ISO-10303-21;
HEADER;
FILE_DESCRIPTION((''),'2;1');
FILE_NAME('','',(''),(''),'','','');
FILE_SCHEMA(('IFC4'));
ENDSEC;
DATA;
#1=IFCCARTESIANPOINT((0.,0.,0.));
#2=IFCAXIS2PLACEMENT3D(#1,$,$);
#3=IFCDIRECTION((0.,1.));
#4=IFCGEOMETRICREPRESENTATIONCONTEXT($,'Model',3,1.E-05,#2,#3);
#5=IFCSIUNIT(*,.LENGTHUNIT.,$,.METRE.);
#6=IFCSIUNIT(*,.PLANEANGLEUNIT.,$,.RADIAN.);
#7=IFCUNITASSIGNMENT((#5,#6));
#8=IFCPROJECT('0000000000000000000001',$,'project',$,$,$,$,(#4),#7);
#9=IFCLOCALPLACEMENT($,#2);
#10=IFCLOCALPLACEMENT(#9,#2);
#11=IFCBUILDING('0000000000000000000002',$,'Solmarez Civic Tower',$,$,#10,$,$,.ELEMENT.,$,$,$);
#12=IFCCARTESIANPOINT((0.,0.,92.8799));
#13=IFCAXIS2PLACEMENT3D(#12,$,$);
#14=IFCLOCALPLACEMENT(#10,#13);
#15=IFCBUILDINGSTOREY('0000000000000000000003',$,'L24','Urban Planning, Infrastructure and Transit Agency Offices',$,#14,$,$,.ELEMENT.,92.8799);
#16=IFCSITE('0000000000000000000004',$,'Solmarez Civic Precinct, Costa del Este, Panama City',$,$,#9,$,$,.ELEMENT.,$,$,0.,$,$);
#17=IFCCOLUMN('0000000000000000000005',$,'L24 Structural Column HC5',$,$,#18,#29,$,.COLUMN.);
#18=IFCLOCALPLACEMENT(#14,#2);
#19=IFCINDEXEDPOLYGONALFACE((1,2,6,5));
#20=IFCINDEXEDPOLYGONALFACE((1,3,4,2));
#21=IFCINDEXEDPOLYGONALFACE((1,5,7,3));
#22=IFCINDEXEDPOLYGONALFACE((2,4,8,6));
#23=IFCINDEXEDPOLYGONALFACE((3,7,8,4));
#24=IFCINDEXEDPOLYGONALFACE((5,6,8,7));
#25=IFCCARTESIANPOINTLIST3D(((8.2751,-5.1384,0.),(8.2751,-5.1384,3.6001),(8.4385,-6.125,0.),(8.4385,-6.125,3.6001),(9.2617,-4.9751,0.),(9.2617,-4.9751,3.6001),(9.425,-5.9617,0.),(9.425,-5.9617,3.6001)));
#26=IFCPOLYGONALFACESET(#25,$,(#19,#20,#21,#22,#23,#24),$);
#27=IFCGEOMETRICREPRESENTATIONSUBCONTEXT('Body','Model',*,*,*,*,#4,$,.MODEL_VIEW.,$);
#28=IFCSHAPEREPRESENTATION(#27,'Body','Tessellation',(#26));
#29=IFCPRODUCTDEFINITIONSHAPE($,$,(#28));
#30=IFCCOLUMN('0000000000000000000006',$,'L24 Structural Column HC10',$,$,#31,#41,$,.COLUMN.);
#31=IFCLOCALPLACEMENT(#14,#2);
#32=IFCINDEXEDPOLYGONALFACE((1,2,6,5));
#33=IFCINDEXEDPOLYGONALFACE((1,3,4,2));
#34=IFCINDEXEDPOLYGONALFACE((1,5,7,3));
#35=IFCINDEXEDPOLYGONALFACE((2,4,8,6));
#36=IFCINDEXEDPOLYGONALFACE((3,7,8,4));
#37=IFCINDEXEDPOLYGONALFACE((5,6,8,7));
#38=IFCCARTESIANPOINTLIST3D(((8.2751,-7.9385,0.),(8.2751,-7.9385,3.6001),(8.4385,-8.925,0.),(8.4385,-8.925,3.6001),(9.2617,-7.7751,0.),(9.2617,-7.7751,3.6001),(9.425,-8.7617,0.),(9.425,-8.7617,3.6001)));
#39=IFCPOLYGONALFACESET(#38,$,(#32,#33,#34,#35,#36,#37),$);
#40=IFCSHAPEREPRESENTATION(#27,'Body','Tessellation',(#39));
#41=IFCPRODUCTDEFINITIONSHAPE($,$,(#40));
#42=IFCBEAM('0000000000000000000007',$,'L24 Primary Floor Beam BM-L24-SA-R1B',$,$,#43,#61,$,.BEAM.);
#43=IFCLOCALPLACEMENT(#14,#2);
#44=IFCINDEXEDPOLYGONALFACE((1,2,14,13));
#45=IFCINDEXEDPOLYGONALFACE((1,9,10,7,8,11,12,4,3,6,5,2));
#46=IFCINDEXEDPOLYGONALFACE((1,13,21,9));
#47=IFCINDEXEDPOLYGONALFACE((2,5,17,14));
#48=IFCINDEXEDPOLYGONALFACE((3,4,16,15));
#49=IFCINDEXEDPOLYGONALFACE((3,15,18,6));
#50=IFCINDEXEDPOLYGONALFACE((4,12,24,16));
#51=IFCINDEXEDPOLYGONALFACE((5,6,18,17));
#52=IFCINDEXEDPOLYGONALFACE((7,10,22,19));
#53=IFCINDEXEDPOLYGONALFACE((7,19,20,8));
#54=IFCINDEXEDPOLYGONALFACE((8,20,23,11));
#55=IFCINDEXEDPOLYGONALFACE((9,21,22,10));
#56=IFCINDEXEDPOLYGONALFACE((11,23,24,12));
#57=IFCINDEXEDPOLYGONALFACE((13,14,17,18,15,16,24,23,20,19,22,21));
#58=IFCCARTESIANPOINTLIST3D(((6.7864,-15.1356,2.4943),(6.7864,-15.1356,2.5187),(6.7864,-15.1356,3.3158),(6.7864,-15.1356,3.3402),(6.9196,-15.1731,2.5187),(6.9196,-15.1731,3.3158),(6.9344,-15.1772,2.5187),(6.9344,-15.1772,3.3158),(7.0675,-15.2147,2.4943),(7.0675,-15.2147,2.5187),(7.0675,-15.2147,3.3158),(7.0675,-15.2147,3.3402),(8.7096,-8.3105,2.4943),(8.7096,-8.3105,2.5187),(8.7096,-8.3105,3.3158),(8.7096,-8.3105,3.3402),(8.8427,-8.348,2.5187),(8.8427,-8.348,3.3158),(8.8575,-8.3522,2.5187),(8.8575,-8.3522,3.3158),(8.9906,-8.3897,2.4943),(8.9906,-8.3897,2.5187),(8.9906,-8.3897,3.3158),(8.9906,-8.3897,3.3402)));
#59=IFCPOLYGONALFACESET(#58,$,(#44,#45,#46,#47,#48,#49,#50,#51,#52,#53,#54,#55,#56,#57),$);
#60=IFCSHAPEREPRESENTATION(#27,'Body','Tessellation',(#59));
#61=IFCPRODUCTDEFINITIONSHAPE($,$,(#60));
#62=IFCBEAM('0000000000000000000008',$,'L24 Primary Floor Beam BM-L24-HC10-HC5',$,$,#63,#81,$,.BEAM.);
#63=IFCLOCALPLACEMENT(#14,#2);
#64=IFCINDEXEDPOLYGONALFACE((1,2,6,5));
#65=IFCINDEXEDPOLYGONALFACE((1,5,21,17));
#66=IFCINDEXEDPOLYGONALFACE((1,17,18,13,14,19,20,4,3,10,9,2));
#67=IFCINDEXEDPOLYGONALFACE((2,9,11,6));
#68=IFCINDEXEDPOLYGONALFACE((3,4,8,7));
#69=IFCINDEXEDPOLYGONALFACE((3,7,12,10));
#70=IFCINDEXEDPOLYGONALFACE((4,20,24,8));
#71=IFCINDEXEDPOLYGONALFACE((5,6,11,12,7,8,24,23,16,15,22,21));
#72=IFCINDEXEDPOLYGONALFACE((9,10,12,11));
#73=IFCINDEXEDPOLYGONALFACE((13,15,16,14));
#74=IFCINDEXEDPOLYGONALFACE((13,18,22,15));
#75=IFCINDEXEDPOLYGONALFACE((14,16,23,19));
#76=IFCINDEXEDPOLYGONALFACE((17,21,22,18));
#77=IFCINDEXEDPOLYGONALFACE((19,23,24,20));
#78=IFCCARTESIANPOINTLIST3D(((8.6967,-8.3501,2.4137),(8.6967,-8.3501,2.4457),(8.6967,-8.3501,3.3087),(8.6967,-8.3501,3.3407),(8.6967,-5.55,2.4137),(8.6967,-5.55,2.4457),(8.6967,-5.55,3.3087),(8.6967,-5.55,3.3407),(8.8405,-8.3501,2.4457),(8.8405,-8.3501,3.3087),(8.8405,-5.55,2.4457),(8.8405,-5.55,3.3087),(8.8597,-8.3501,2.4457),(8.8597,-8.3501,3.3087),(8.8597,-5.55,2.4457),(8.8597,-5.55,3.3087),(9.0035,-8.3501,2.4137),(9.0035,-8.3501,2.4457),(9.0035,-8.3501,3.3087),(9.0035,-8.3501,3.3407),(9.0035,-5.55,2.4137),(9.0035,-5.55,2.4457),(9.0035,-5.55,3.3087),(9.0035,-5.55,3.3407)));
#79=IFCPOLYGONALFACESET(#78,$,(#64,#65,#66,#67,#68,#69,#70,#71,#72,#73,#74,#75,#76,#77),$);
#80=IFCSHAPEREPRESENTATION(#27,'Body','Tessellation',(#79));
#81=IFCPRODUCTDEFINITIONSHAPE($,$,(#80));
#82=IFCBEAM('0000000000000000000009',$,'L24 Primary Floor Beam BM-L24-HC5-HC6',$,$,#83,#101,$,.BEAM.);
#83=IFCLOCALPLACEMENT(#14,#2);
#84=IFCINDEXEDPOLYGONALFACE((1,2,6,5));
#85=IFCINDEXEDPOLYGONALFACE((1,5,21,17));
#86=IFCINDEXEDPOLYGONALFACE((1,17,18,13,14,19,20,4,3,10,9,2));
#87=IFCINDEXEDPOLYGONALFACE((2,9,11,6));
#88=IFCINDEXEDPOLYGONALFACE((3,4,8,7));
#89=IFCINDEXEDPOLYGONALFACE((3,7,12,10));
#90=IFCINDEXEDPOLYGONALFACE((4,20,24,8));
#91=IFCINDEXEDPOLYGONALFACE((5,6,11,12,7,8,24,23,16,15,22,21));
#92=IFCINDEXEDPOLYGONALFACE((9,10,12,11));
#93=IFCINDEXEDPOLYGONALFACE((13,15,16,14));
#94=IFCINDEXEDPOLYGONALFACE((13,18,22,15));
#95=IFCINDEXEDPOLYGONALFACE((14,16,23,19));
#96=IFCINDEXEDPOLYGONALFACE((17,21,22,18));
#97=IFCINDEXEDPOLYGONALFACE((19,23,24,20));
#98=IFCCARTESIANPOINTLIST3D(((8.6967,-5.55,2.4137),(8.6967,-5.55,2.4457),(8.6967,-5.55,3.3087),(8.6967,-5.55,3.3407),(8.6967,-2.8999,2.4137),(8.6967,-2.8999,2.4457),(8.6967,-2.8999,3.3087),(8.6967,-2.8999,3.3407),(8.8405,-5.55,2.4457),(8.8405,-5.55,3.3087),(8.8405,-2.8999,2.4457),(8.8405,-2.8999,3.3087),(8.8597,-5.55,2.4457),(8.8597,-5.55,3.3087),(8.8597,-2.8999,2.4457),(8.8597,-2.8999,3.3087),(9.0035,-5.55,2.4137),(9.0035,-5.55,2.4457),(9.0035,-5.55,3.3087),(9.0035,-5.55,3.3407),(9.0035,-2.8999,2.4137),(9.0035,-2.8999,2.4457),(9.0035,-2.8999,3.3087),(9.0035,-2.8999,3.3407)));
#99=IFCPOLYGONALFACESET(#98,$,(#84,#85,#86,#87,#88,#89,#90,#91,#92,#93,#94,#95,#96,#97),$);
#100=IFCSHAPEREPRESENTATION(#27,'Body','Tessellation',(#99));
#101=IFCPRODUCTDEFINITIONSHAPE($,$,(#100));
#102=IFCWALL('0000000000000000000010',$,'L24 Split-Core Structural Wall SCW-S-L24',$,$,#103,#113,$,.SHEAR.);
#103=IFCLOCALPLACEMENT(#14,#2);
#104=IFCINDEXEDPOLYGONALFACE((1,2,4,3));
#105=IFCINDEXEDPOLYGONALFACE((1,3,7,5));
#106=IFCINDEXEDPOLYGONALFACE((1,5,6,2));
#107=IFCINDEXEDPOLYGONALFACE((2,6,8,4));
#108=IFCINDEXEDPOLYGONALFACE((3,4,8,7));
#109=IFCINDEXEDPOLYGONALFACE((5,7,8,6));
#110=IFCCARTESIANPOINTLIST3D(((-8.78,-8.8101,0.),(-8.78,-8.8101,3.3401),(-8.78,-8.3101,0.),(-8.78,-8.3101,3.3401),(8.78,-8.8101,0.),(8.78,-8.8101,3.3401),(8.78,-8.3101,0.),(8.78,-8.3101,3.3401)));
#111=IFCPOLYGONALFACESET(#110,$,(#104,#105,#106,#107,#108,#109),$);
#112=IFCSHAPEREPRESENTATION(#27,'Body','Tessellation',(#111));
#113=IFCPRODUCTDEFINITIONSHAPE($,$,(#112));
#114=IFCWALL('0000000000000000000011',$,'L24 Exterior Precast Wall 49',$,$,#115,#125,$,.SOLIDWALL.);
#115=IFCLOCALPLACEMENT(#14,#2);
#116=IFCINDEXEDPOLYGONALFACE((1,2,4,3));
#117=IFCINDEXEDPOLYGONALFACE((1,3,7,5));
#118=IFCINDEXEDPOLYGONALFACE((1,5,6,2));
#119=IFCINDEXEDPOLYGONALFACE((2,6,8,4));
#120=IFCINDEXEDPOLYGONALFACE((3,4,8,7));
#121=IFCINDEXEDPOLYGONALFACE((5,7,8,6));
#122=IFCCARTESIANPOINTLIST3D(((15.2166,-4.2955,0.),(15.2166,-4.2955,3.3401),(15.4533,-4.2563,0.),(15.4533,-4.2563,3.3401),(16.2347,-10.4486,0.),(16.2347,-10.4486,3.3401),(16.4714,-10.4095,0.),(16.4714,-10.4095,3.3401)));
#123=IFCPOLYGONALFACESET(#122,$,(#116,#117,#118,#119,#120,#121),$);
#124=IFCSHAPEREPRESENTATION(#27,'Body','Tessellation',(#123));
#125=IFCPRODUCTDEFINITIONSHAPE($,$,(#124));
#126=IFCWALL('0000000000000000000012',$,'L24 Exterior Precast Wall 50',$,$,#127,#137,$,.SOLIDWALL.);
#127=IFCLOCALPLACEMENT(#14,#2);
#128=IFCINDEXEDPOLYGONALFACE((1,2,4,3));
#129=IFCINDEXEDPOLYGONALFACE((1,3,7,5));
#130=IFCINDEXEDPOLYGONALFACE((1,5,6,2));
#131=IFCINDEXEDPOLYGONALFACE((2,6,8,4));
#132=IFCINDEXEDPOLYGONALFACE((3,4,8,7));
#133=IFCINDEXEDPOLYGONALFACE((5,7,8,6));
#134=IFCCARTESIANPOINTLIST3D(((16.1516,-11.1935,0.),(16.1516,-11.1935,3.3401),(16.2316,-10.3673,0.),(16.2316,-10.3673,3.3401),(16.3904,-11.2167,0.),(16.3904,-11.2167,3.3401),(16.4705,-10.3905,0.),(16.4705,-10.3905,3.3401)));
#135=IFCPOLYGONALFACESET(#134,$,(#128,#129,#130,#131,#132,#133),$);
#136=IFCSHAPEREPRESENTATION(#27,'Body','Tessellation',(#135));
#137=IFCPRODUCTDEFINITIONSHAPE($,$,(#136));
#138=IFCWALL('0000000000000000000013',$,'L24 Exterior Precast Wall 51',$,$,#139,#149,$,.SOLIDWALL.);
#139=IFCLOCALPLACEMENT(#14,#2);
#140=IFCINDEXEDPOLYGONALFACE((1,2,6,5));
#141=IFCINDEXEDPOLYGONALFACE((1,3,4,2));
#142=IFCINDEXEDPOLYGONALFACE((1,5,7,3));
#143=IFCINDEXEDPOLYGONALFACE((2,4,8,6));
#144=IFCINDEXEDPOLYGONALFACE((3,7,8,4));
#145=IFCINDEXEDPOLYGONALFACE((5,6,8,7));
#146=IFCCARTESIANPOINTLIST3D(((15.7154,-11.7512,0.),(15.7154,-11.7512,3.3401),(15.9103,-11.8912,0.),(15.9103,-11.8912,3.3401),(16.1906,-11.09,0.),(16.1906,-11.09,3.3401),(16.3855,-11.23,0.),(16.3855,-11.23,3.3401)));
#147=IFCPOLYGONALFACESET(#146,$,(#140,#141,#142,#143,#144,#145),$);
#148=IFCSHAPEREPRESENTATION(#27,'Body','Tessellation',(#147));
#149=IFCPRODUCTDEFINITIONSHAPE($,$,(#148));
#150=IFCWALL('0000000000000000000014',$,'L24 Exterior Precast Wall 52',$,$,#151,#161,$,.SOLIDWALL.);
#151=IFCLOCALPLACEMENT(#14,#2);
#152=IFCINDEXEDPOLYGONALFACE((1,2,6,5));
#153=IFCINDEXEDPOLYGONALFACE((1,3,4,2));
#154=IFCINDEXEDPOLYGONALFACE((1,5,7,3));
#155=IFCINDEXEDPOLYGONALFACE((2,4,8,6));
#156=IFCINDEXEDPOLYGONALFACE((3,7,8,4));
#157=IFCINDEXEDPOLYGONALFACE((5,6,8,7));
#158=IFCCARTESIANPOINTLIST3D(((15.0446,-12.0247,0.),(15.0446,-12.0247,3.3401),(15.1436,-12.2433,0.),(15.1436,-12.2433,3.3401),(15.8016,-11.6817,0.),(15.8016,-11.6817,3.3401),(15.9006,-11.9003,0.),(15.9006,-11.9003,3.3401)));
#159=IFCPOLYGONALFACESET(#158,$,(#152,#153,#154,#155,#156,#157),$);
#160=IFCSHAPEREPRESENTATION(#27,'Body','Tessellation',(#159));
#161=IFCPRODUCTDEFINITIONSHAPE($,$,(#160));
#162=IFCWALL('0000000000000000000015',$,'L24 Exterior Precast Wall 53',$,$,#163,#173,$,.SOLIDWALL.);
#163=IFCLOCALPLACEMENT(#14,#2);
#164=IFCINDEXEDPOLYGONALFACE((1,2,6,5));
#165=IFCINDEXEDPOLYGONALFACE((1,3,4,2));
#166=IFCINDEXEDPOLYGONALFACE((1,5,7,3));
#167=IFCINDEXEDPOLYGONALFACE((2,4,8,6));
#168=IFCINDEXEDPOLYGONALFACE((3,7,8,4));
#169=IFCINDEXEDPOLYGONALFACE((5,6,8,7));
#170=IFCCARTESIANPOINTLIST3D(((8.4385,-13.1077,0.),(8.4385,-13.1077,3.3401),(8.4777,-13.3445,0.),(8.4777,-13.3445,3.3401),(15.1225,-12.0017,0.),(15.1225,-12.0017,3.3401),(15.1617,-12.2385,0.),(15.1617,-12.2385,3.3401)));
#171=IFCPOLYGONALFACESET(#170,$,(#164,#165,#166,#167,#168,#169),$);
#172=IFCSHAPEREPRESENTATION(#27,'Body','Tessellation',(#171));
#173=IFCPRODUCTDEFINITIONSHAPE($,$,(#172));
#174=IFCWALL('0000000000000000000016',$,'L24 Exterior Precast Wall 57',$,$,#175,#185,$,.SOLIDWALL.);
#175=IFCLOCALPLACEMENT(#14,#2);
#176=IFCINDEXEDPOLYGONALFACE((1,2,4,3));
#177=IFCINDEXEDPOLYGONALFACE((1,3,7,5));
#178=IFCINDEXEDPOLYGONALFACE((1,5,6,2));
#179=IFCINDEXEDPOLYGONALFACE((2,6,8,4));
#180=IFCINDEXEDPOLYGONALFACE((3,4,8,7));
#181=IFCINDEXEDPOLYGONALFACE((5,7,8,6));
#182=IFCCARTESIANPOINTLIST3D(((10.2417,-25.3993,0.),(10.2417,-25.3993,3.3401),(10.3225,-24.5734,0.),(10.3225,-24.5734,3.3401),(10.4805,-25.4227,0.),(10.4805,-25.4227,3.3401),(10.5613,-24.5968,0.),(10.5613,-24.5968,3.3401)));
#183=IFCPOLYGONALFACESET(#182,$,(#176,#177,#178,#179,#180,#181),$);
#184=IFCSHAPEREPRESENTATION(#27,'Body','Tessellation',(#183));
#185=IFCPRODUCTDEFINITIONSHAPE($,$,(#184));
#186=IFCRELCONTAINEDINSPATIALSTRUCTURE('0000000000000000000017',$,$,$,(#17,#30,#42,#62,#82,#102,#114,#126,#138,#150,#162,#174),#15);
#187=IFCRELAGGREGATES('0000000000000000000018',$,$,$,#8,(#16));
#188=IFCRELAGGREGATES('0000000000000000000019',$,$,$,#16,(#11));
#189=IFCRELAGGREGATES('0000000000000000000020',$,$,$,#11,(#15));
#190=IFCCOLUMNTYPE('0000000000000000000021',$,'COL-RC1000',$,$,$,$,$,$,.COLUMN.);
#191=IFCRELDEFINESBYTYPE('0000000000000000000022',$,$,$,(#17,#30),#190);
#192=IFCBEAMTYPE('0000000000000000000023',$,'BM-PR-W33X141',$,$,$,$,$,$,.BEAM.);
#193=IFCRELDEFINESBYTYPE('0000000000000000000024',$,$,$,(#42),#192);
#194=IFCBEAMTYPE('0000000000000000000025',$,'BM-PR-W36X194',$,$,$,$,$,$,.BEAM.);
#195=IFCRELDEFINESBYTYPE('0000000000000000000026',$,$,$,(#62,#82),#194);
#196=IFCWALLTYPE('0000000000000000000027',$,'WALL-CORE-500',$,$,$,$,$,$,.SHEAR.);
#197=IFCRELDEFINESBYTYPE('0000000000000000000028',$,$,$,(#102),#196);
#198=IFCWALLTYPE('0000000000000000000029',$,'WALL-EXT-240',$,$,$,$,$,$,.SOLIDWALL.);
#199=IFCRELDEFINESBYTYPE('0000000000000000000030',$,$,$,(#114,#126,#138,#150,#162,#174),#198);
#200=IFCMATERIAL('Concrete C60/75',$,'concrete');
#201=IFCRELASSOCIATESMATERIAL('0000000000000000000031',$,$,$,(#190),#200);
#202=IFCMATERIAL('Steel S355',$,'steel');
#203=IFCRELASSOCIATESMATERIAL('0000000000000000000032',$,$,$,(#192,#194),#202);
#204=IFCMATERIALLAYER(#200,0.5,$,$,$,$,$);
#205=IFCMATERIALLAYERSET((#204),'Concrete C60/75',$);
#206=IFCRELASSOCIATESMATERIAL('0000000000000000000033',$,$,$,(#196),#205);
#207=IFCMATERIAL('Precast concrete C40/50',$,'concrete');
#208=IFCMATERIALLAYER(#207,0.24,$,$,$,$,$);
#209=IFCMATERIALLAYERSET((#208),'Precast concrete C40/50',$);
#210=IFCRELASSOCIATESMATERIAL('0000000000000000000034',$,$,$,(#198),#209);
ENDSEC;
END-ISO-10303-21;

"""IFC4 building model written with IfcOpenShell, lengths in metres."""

from ifc_helpers import new_model, si_unit, direction, frame, frame_2d, origin, origin_2d, place, context, subcontext, project, spatial, rectangle, i_section, extrude, material, layer, layer_set, material_profile, profile_set, type_object, element, save


model = new_model("IFC4")

# Units and contexts
model_context = context("Model", 3, precision=1e-05, world=origin(), true_north=direction((0.0, 1.0)))
body_context = subcontext(model_context, "Body", "Model", "MODEL_VIEW")
ifc_project = project(units=[si_unit("LENGTHUNIT", "METRE"), si_unit("PLANEANGLEUNIT", "RADIAN")], contexts=[model_context])

# Site, building, storey
site_placement = place(None, origin())
site = spatial("IfcSite", under=ifc_project, at=site_placement, Name="Solmarez Civic Precinct, Costa del Este, Panama City", CompositionType="ELEMENT", RefElevation=0.0)
building_placement = place(site_placement, origin())
building = spatial("IfcBuilding", under=site, at=building_placement, Name="Solmarez Civic Tower", CompositionType="ELEMENT")
storey_placement = place(building_placement, frame((0.0, 0.0, 92.8799)))
storey = spatial("IfcBuildingStorey", under=building, at=storey_placement, Name="L24", Description="Urban Planning, Infrastructure and Transit Agency Offices", CompositionType="ELEMENT", Elevation=92.8799)

# Columns
ifc_material_1 = material(Name="Concrete C60/75", Category="concrete")
ifc_material_profile_1 = material_profile(ifc_material_1, rectangle(XDim=1.0, YDim=1.0, at=origin_2d()), Name="RC1000X1000")
ifc_profile_set_1 = profile_set([ifc_material_profile_1], Name="Concrete C60/75")
column_type = type_object("IfcColumnType", Name="COL-RC1000", PredefinedType="COLUMN", material=ifc_profile_set_1)
for number, where, z_axis, x_axis, name in (
    (1, (8.8501, -5.55, 0.0), (0.0, 0.0, 1.0), (0.986572, 0.163326, 0.0), "L24 Structural Column HC5"),
    (2, (8.8501, -8.3501, 0.0), (0.0, 0.0, 1.0), (0.986572, 0.163326, 0.0), "L24 Structural Column HC10"),
):
    element("IfcColumn", number, at=place(storey_placement, frame(where, z_axis=z_axis, x_axis=x_axis)), inside=storey, type_object=column_type, Name=name, PredefinedType="COLUMN", context=body_context, shape_type="SweptSolid", body=[
        extrude(rectangle(XDim=1.0, YDim=1.0, at=origin_2d()), origin(), (0.0, 0.0, 1.0), 3.6001),
    ])

# Beams
ifc_material_2 = material(Name="Steel S355", Category="steel")
ifc_material_profile_2 = material_profile(ifc_material_2, i_section(OverallWidth=0.292, OverallDepth=0.8459, WebThickness=0.0154, FlangeThickness=0.0244, at=origin_2d()), Name="W33X141")
ifc_profile_set_2 = profile_set([ifc_material_profile_2], Name="Steel S355")
beam_type_1 = type_object("IfcBeamType", Name="BM-PR-W33X141", PredefinedType="BEAM", material=ifc_profile_set_2)
beam_1_placement = place(storey_placement, frame((8.8501, -8.3501, 2.9172), z_axis=(-0.271213, -0.962519, 0.0), x_axis=(0.962519, -0.271213, 0.0)))
element("IfcBeam", 3, at=beam_1_placement, inside=storey, type_object=beam_type_1, Name="L24 Primary Floor Beam BM-L24-SA-R1B", PredefinedType="BEAM", context=body_context, shape_type="SweptSolid", body=[
    extrude(i_section(OverallWidth=0.292, OverallDepth=0.8459, WebThickness=0.0154, FlangeThickness=0.0244, at=origin_2d()), origin(), (0.0, 0.0, 1.0), 7.0908),
])
ifc_material_profile_3 = material_profile(ifc_material_2, i_section(OverallWidth=0.3069, OverallDepth=0.927, WebThickness=0.0193, FlangeThickness=0.032, at=origin_2d()), Name="W36X194")
ifc_profile_set_3 = profile_set([ifc_material_profile_3], Name="Steel S355")
beam_type_2 = type_object("IfcBeamType", Name="BM-PR-W36X194", PredefinedType="BEAM", material=ifc_profile_set_3)
beam_2_placement = place(storey_placement, frame((8.8501, -8.3501, 2.8772), z_axis=(0.0, 1.0, 0.0), x_axis=(-1.0, 0.0, 0.0)))
element("IfcBeam", 4, at=beam_2_placement, inside=storey, type_object=beam_type_2, Name="L24 Primary Floor Beam BM-L24-HC10-HC5", PredefinedType="BEAM", context=body_context, shape_type="SweptSolid", body=[
    extrude(i_section(OverallWidth=0.3069, OverallDepth=0.927, WebThickness=0.0193, FlangeThickness=0.032, at=origin_2d()), origin(), (0.0, 0.0, 1.0), 2.8),
])
beam_3_placement = place(storey_placement, frame((8.8501, -5.55, 2.8772), z_axis=(0.0, 1.0, 0.0), x_axis=(-1.0, 0.0, 0.0)))
element("IfcBeam", 5, at=beam_3_placement, inside=storey, type_object=beam_type_2, Name="L24 Primary Floor Beam BM-L24-HC5-HC6", PredefinedType="BEAM", context=body_context, shape_type="SweptSolid", body=[
    extrude(i_section(OverallWidth=0.3069, OverallDepth=0.927, WebThickness=0.0193, FlangeThickness=0.032, at=origin_2d()), origin(), (0.0, 0.0, 1.0), 2.6501),
])

# Walls
ifc_layer_1 = layer(ifc_material_1, 0.5)
ifc_layer_set_1 = layer_set([ifc_layer_1], Name="Concrete C60/75")
wall_type_1 = type_object("IfcWallType", Name="WALL-CORE-500", PredefinedType="SHEAR", material=ifc_layer_set_1)
wall_1_placement = place(storey_placement, frame((8.78, -8.5601, 0.0), z_axis=(0.0, 0.0, 1.0), x_axis=(-1.0, 0.0, 0.0)))
element("IfcWall", 6, at=wall_1_placement, inside=storey, type_object=wall_type_1, Name="L24 Split-Core Structural Wall SCW-S-L24", PredefinedType="SHEAR", context=body_context, shape_type="SweptSolid", body=[
    extrude(rectangle(XDim=17.5601, YDim=0.5, at=frame_2d((8.78, 0.0))), origin(), (0.0, 0.0, 1.0), 3.3401),
])
ifc_material_3 = material(Name="Precast concrete C40/50", Category="concrete")
ifc_layer_2 = layer(ifc_material_3, 0.24)
ifc_layer_set_2 = layer_set([ifc_layer_2], Name="Precast concrete C40/50")
wall_type_2 = type_object("IfcWallType", Name="WALL-EXT-240", PredefinedType="SOLIDWALL", material=ifc_layer_set_2)
wall_2_placement = place(storey_placement, frame((15.335, -4.2759, 0.0), z_axis=(0.0, 0.0, 1.0), x_axis=(0.163237, -0.986587, 0.0)))
element("IfcWall", 7, at=wall_2_placement, inside=storey, type_object=wall_type_2, Name="L24 Exterior Precast Wall 49", PredefinedType="SOLIDWALL", context=body_context, shape_type="SweptSolid", body=[
    extrude(rectangle(XDim=6.2368, YDim=0.24, at=frame_2d((3.1184, 0.0))), origin(), (0.0, 0.0, 1.0), 3.3401),
])
wall_3_placement = place(storey_placement, frame((16.3511, -10.3789, 0.0), z_axis=(0.0, 0.0, 1.0), x_axis=(-0.096475, -0.995335, 0.0)))
element("IfcWall", 8, at=wall_3_placement, inside=storey, type_object=wall_type_2, Name="L24 Exterior Precast Wall 50", PredefinedType="SOLIDWALL", context=body_context, shape_type="SweptSolid", body=[
    extrude(rectangle(XDim=0.8301, YDim=0.24, at=frame_2d((0.415, 0.0))), origin(), (0.0, 0.0, 1.0), 3.3401),
])
wall_4_placement = place(storey_placement, frame((16.2881, -11.1599, 0.0), z_axis=(0.0, 0.0, 1.0), x_axis=(-0.583562, -0.812069, 0.0)))
element("IfcWall", 9, at=wall_4_placement, inside=storey, type_object=wall_type_2, Name="L24 Exterior Precast Wall 51", PredefinedType="SOLIDWALL", context=body_context, shape_type="SweptSolid", body=[
    extrude(rectangle(XDim=0.8142, YDim=0.24, at=frame_2d((0.4072, 0.0))), origin(), (0.0, 0.0, 1.0), 3.3401),
])
wall_5_placement = place(storey_placement, frame((15.8511, -11.791, 0.0), z_axis=(0.0, 0.0, 1.0), x_axis=(-0.910869, -0.412696, 0.0)))
element("IfcWall", 10, at=wall_5_placement, inside=storey, type_object=wall_type_2, Name="L24 Exterior Precast Wall 52", PredefinedType="SOLIDWALL", context=body_context, shape_type="SweptSolid", body=[
    extrude(rectangle(XDim=0.8311, YDim=0.24, at=frame_2d((0.4155, 0.0))), origin(), (0.0, 0.0, 1.0), 3.3401),
])
wall_6_placement = place(storey_placement, frame((15.1421, -12.1201, 0.0), z_axis=(0.0, 0.0, 1.0), x_axis=(-0.986586, -0.163242, 0.0)))
element("IfcWall", 11, at=wall_6_placement, inside=storey, type_object=wall_type_2, Name="L24 Exterior Precast Wall 53", PredefinedType="SOLIDWALL", context=body_context, shape_type="SweptSolid", body=[
    extrude(rectangle(XDim=6.7749, YDim=0.24, at=frame_2d((3.3875, 0.0))), origin(), (0.0, 0.0, 1.0), 3.3401),
])
wall_7_placement = place(storey_placement, frame((10.4419, -24.585, 0.0), z_axis=(0.0, 0.0, 1.0), x_axis=(-0.097377, -0.995248, 0.0)))
element("IfcWall", 12, at=wall_7_placement, inside=storey, type_object=wall_type_2, Name="L24 Exterior Precast Wall 57", PredefinedType="SOLIDWALL", context=body_context, shape_type="SweptSolid", body=[
    extrude(rectangle(XDim=0.8298, YDim=0.24, at=frame_2d((0.415, 0.0))), origin(), (0.0, 0.0, 1.0), 3.3401),
])

save(model, "model.ifc")
